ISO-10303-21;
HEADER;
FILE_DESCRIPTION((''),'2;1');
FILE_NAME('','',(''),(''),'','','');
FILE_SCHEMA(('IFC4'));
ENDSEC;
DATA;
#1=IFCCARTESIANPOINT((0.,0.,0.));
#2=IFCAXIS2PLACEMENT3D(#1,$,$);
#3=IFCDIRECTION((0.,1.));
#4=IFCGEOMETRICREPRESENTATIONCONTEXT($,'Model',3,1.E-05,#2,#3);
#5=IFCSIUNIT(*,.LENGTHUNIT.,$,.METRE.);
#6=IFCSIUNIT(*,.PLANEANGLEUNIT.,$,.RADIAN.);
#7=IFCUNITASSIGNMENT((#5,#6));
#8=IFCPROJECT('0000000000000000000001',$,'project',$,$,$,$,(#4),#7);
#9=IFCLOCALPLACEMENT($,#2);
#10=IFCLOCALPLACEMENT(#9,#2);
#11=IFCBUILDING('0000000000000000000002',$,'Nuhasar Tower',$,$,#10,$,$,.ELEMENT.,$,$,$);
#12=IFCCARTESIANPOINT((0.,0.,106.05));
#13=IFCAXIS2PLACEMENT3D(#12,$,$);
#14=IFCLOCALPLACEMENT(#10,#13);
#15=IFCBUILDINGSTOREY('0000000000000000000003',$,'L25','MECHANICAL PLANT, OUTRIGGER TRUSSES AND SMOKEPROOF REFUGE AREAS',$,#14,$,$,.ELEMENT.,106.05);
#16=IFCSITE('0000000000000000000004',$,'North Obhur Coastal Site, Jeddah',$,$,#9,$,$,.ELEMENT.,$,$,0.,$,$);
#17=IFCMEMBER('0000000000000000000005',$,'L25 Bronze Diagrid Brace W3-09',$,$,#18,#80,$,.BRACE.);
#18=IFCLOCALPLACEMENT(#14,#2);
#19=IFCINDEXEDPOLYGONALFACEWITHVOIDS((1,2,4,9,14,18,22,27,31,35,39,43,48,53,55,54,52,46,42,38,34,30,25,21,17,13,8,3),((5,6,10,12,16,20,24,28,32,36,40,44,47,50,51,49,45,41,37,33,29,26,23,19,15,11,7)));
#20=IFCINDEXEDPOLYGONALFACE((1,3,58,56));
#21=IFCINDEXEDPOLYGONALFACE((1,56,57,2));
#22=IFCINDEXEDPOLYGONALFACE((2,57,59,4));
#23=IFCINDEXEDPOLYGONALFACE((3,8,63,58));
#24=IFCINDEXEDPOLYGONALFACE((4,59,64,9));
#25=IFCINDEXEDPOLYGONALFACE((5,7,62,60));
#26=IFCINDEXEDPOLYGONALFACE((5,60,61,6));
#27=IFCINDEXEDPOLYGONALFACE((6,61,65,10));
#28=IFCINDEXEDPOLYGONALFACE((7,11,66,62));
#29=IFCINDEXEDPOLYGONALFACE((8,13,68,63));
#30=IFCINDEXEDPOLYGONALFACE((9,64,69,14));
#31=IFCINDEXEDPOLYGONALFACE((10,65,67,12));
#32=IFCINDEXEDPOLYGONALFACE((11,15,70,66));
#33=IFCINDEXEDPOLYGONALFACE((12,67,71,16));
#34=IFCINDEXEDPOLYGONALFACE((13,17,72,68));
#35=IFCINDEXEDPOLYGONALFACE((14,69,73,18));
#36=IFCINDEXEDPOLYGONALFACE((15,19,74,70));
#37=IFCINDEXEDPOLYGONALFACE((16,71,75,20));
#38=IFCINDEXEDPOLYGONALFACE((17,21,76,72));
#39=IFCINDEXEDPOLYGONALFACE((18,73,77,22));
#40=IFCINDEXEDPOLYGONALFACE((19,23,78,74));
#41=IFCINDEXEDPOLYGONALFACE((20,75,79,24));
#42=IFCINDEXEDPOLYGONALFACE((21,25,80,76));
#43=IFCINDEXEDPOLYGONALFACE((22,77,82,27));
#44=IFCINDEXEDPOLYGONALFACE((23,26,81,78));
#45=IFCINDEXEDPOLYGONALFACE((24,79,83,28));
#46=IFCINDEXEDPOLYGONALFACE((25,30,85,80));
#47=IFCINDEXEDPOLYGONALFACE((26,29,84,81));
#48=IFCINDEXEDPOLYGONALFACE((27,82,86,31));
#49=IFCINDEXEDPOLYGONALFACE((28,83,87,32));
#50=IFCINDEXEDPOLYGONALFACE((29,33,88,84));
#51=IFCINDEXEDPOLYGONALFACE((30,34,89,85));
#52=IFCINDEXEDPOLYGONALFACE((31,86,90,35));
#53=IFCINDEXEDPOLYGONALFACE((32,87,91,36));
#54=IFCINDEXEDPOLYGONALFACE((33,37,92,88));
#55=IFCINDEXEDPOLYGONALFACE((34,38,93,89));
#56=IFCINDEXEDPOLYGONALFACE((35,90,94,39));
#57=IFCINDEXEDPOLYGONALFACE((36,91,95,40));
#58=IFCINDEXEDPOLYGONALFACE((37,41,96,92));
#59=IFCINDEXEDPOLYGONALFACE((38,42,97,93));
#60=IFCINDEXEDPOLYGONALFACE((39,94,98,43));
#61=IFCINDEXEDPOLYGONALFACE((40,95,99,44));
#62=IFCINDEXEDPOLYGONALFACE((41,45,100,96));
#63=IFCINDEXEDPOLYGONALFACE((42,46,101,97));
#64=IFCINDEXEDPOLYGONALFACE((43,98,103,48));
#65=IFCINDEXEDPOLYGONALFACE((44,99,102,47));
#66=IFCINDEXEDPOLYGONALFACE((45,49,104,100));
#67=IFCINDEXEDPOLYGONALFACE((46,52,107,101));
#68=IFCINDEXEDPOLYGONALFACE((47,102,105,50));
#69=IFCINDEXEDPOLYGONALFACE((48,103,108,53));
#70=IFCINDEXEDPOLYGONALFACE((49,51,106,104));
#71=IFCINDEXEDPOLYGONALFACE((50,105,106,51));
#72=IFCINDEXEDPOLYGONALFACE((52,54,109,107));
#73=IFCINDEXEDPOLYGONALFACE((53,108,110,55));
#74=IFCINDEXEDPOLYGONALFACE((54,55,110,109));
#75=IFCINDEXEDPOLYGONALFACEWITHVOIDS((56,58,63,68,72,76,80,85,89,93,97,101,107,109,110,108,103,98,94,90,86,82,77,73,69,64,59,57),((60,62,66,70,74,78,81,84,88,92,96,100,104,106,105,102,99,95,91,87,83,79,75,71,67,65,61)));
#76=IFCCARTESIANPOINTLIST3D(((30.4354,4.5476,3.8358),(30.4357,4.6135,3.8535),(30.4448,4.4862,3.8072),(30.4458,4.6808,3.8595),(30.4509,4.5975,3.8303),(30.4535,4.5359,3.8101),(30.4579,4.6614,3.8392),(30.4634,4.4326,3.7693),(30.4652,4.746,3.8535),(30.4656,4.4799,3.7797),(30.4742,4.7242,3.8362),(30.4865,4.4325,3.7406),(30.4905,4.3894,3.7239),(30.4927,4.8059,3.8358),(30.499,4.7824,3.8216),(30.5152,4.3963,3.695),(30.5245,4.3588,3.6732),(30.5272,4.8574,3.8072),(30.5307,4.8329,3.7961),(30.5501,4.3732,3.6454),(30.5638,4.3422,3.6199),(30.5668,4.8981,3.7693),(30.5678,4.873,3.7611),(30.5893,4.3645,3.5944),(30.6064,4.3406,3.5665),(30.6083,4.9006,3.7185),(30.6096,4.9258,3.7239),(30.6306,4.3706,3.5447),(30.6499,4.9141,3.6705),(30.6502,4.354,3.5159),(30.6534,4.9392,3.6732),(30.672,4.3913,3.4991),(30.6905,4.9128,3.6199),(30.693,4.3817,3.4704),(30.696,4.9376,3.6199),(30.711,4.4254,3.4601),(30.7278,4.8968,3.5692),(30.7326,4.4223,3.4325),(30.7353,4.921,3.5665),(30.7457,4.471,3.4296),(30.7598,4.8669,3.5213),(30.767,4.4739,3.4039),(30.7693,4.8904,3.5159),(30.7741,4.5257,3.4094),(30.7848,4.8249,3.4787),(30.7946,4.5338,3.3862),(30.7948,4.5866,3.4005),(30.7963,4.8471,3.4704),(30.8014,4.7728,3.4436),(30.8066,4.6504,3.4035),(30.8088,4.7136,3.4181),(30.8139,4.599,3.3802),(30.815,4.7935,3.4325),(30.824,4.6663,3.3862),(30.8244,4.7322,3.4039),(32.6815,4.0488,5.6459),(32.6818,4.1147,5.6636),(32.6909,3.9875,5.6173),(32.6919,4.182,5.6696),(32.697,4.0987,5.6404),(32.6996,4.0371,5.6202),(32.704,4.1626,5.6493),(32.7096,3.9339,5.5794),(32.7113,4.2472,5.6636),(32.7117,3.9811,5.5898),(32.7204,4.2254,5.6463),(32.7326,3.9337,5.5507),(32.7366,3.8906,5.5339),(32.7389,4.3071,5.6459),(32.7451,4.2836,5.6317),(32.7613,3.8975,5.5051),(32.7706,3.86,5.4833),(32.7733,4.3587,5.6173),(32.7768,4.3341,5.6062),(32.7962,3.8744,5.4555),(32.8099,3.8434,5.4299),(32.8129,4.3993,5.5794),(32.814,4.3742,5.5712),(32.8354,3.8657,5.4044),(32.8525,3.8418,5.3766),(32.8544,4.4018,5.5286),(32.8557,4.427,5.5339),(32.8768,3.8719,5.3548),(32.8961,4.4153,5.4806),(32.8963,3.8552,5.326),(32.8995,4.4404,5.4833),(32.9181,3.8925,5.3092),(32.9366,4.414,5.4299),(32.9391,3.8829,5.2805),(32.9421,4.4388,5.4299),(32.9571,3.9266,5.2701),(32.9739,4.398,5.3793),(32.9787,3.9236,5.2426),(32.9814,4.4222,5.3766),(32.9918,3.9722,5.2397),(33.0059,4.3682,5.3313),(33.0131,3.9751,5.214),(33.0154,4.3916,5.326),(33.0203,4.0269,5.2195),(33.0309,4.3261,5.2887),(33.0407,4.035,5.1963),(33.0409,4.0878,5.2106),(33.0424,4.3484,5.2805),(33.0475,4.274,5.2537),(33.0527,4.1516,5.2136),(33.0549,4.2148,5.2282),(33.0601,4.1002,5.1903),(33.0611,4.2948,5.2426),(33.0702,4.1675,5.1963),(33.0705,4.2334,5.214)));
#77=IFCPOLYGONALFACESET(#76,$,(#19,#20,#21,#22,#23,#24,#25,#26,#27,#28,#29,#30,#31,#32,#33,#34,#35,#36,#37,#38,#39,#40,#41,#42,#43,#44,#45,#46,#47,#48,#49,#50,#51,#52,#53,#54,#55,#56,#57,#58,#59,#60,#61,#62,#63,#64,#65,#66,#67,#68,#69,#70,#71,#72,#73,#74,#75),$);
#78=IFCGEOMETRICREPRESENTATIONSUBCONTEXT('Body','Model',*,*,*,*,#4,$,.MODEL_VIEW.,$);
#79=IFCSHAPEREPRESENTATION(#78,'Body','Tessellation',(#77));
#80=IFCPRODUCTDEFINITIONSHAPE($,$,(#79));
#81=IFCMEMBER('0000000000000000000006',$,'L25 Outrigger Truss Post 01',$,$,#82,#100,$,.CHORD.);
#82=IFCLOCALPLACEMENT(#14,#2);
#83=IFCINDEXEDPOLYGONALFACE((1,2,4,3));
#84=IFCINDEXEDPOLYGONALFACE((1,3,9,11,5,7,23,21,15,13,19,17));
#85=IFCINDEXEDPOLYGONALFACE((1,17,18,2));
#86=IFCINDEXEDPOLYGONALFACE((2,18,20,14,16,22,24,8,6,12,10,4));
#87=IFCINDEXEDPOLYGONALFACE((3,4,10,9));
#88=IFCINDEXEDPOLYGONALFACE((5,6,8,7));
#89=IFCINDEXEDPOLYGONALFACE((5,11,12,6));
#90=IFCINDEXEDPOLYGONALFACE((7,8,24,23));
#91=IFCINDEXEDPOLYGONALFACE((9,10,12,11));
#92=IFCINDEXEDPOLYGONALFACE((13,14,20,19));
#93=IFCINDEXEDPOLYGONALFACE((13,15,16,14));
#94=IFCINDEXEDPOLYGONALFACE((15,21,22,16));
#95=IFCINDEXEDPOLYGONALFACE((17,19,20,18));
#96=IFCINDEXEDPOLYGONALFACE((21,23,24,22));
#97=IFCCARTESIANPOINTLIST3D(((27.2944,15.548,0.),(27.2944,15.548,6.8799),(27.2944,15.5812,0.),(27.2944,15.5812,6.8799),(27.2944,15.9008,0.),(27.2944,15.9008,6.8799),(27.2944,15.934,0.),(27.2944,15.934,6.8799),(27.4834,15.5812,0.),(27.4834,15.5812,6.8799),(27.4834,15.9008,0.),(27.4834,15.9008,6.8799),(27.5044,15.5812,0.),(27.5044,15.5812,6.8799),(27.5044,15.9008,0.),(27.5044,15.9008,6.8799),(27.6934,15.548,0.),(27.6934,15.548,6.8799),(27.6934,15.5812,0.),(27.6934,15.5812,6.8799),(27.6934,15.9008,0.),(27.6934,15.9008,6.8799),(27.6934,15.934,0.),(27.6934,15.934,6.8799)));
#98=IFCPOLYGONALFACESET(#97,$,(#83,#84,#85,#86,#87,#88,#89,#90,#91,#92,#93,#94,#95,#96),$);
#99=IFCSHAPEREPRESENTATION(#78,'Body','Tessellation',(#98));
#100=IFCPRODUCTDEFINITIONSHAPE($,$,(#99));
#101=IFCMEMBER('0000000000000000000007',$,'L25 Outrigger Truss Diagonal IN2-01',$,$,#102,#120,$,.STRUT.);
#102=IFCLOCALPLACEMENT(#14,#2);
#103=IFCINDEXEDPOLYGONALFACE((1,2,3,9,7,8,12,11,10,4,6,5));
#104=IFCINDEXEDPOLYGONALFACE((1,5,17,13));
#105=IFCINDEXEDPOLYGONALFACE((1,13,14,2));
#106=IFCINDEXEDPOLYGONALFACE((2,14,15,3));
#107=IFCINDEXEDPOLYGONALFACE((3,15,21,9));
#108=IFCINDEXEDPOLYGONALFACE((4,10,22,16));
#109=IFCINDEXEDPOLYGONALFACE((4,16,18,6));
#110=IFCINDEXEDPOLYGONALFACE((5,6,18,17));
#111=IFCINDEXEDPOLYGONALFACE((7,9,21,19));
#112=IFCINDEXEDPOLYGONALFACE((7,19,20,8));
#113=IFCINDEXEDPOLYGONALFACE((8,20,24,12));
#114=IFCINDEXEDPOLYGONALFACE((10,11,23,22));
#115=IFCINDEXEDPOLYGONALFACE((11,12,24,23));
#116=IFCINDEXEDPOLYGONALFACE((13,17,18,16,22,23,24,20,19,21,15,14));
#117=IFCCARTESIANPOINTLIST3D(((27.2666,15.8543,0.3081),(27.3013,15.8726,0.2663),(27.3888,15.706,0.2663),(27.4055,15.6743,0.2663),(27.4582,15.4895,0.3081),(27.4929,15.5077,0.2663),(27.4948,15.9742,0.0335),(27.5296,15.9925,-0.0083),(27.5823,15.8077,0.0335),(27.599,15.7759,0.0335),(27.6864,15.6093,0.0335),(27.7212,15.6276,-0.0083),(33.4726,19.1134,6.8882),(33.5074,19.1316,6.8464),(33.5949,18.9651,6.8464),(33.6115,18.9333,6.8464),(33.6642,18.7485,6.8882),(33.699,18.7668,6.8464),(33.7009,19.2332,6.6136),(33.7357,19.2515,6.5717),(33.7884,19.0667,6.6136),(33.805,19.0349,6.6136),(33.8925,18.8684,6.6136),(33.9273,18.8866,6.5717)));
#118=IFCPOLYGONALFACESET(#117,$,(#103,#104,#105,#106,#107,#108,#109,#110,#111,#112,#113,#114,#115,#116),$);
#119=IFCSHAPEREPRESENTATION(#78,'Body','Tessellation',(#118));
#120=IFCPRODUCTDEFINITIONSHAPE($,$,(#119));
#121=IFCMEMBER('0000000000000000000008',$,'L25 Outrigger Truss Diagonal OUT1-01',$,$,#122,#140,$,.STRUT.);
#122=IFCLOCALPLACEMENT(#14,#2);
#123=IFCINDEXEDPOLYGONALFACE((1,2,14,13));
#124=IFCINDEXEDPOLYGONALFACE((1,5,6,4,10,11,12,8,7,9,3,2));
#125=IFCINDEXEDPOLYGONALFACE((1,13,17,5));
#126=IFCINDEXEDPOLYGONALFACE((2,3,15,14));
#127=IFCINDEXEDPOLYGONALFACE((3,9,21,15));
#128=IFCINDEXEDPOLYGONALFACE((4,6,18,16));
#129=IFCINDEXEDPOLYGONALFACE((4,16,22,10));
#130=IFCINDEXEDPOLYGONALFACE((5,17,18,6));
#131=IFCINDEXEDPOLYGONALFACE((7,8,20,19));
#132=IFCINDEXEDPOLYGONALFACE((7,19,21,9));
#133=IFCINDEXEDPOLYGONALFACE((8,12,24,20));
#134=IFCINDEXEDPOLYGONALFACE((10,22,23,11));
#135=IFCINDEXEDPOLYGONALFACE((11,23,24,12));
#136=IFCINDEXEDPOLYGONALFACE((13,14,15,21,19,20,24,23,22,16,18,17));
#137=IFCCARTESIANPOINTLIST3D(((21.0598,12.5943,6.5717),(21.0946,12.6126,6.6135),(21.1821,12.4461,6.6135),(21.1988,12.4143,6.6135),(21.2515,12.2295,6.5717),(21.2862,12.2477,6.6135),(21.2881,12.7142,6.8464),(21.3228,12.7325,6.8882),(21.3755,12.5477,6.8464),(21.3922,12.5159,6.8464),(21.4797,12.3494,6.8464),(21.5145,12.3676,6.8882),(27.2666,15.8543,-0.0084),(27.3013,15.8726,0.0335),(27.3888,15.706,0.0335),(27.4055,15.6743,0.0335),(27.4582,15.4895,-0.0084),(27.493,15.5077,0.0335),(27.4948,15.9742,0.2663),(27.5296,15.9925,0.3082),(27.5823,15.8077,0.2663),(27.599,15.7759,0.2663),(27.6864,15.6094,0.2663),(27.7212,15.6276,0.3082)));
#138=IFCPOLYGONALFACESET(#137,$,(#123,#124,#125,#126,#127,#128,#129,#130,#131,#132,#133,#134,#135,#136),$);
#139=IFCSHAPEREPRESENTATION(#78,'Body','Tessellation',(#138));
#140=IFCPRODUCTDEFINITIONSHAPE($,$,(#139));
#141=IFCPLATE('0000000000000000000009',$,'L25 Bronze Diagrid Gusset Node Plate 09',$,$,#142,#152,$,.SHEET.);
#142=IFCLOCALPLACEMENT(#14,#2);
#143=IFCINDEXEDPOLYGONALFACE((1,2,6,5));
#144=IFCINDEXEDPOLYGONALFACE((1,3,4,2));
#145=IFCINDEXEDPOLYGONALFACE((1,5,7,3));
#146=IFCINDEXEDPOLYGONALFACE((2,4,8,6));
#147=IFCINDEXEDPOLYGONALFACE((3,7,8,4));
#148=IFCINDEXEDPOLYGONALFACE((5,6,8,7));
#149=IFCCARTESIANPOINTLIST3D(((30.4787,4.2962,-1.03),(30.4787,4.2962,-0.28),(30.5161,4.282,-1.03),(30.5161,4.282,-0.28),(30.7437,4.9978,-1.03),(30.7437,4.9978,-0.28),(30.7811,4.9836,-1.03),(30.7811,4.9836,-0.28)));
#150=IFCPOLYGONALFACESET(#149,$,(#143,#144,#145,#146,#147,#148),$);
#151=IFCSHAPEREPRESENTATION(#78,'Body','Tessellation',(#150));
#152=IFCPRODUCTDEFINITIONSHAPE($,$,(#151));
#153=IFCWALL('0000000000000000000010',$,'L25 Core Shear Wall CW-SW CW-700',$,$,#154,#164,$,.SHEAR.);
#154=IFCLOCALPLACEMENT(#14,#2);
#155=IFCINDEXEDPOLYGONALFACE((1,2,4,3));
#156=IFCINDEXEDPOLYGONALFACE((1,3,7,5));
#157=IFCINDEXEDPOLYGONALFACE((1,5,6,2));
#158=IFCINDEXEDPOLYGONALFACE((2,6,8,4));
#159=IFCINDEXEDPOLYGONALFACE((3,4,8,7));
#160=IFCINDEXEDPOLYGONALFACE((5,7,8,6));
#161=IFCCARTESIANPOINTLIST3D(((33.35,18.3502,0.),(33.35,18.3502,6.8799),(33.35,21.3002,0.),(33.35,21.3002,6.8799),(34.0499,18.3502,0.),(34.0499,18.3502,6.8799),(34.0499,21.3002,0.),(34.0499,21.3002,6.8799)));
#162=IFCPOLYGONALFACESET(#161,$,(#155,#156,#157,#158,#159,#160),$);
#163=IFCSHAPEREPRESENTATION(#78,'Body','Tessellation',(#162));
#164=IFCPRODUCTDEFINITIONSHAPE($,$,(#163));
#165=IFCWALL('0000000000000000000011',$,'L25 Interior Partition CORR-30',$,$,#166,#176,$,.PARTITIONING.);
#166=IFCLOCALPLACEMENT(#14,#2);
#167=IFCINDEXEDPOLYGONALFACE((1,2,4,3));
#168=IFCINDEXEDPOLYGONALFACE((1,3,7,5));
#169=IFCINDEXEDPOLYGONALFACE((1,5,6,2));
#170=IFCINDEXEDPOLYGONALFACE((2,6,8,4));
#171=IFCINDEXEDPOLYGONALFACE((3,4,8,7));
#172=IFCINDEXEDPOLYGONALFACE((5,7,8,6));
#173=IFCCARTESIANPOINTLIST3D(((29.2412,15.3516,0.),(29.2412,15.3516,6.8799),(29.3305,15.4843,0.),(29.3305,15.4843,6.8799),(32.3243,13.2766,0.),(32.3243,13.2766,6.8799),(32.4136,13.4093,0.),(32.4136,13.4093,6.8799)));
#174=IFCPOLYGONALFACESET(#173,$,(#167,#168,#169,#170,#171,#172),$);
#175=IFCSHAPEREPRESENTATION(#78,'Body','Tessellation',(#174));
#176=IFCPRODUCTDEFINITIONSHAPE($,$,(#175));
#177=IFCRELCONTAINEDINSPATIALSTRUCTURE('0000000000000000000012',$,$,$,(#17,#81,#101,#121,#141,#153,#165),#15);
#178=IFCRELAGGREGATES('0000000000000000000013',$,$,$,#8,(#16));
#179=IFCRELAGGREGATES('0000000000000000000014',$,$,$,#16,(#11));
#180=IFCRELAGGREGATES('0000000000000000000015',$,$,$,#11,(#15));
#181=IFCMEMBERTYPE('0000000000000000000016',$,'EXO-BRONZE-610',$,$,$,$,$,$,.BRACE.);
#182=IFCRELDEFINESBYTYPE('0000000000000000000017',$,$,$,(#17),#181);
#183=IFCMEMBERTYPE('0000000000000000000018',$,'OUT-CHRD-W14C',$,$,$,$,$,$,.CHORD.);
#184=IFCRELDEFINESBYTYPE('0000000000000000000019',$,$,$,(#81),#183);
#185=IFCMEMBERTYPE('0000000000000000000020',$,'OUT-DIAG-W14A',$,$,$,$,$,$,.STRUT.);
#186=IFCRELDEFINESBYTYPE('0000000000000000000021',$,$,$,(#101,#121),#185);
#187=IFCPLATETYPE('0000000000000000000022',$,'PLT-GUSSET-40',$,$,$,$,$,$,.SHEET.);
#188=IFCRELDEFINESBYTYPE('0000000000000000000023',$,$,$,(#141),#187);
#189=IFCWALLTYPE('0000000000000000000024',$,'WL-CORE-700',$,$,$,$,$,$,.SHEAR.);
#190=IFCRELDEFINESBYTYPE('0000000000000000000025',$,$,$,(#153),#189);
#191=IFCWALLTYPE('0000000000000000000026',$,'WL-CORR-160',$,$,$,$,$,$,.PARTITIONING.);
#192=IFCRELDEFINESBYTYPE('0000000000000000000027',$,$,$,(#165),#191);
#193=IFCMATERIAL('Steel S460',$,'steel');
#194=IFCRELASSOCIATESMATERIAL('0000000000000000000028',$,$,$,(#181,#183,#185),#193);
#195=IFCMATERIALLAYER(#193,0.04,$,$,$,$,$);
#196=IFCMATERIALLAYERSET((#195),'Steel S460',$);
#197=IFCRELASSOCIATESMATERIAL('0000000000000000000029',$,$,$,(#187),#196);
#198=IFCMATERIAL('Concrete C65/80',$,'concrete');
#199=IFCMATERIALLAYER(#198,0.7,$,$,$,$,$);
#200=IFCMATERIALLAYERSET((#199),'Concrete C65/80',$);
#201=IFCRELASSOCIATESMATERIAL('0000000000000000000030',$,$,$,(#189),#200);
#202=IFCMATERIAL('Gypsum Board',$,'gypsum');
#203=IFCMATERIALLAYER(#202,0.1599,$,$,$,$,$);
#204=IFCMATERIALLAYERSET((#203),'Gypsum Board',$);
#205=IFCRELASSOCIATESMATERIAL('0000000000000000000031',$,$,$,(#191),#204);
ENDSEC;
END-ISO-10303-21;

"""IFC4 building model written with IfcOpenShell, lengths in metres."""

from ifc_helpers import new_model, si_unit, direction, frame, frame_2d, origin, origin_2d, place, context, subcontext, project, spatial, rectangle, hollow_circle, i_section, extrude, material, layer, layer_set, material_profile, profile_set, type_object, element, save


model = new_model("IFC4")

# Units and contexts
model_context = context("Model", 3, precision=1e-05, world=origin(), true_north=direction((0.0, 1.0)))
body_context = subcontext(model_context, "Body", "Model", "MODEL_VIEW")
ifc_project = project(units=[si_unit("LENGTHUNIT", "METRE"), si_unit("PLANEANGLEUNIT", "RADIAN")], contexts=[model_context])

# Site, building, storey
site_placement = place(None, origin())
site = spatial("IfcSite", under=ifc_project, at=site_placement, Name="North Obhur Coastal Site, Jeddah", CompositionType="ELEMENT", RefElevation=0.0)
building_placement = place(site_placement, origin())
building = spatial("IfcBuilding", under=site, at=building_placement, Name="Nuhasar Tower", CompositionType="ELEMENT")
storey_placement = place(building_placement, frame((0.0, 0.0, 106.05)))
storey = spatial("IfcBuildingStorey", under=building, at=storey_placement, Name="L25", Description="MECHANICAL PLANT, OUTRIGGER TRUSSES AND SMOKEPROOF REFUGE AREAS", CompositionType="ELEMENT", Elevation=106.05)

# Members
ifc_material_1 = material(Name="Steel S460", Category="steel")
ifc_material_profile_1 = material_profile(ifc_material_1, hollow_circle(Radius=0.3049, WallThickness=0.0254, at=origin_2d()), Name="HSS610X25.4")
ifc_profile_set_1 = profile_set([ifc_material_profile_1], Name="Steel S460")
member_type_1 = type_object("IfcMemberType", Name="EXO-BRONZE-610", PredefinedType="BRACE", material=ifc_profile_set_1)
member_1_placement = place(storey_placement, frame((30.6299, 4.6399, 3.6199), z_axis=(0.76725, -0.170379, 0.618303), x_axis=(0.216784, 0.97622, 0.0)))
element("IfcMember", 1, at=member_1_placement, inside=storey, type_object=member_type_1, Name="L25 Bronze Diagrid Brace W3-09", PredefinedType="BRACE", context=body_context, shape_type="SweptSolid", body=[
    extrude(hollow_circle(Radius=0.3049, WallThickness=0.0254, at=origin_2d()), origin(), (0.0, 0.0, 1.0), 2.9275),
])
ifc_material_profile_2 = material_profile(ifc_material_1, i_section(OverallWidth=0.3989, OverallDepth=0.386, WebThickness=0.021, FlangeThickness=0.0332, at=origin_2d()), Name="W14X176")
ifc_profile_set_2 = profile_set([ifc_material_profile_2], Name="Steel S460")
member_type_2 = type_object("IfcMemberType", Name="OUT-CHRD-W14C", PredefinedType="CHORD", material=ifc_profile_set_2)
member_2_placement = place(storey_placement, frame((27.4939, 15.741, 0.0), z_axis=(0.0, 0.0, 1.0), x_axis=(1.0, 0.0, 0.0)))
element("IfcMember", 2, at=member_2_placement, inside=storey, type_object=member_type_2, Name="L25 Outrigger Truss Post 01", PredefinedType="CHORD", context=body_context, shape_type="SweptSolid", body=[
    extrude(i_section(OverallWidth=0.3989, OverallDepth=0.386, WebThickness=0.021, FlangeThickness=0.0332, at=origin_2d()), origin(), (0.0, 0.0, 1.0), 6.8799),
])
ifc_material_profile_3 = material_profile(ifc_material_1, i_section(OverallWidth=0.4121, OverallDepth=0.4341, WebThickness=0.0359, FlangeThickness=0.0574, at=origin_2d()), Name="W14X311")
ifc_profile_set_3 = profile_set([ifc_material_profile_3], Name="Steel S460")
member_type_3 = type_object("IfcMemberType", Name="OUT-DIAG-W14A", PredefinedType="STRUT", material=ifc_profile_set_3)
member_3_placement = place(storey_placement, frame((27.4939, 15.741, 0.1499), z_axis=(0.645506, 0.338979, 0.684409), x_axis=(-0.464929, 0.885348, 0.0)))
element("IfcMember", 3, at=member_3_placement, inside=storey, type_object=member_type_3, Name="L25 Outrigger Truss Diagonal IN2-01", PredefinedType="STRUT", context=body_context, shape_type="SweptSolid", body=[
    extrude(i_section(OverallWidth=0.4121, OverallDepth=0.4341, WebThickness=0.0359, FlangeThickness=0.0574, at=origin_2d()), origin(), (0.0, 0.0, 1.0), 9.6143),
])
member_4_placement = place(storey_placement, frame((27.4939, 15.741, 0.1499), z_axis=(-0.645528, -0.339053, 0.684352), x_axis=(0.464996, -0.885313, 0.0)))
element("IfcMember", 4, at=member_4_placement, inside=storey, type_object=member_type_3, Name="L25 Outrigger Truss Diagonal OUT1-01", PredefinedType="STRUT", context=body_context, shape_type="SweptSolid", body=[
    extrude(i_section(OverallWidth=0.4121, OverallDepth=0.4341, WebThickness=0.0359, FlangeThickness=0.0574, at=origin_2d()), origin(), (0.0, 0.0, 1.0), 9.615),
])

# Plate
ifc_layer_1 = layer(ifc_material_1, 0.04)
ifc_layer_set_1 = layer_set([ifc_layer_1], Name="Steel S460")
plate_type = type_object("IfcPlateType", Name="PLT-GUSSET-40", PredefinedType="SHEET", material=ifc_layer_set_1)
plate_placement = place(storey_placement, frame((30.6299, 4.6399, -1.03), z_axis=(0.0, 0.0, 1.0), x_axis=(-0.353344, -0.935493, 0.0)))
element("IfcPlate", 5, at=plate_placement, inside=storey, type_object=plate_type, Name="L25 Bronze Diagrid Gusset Node Plate 09", PredefinedType="SHEET", context=body_context, shape_type="SweptSolid", body=[
    extrude(rectangle(XDim=0.75, YDim=0.04, at=origin_2d()), origin(), (0.0, 0.0, 1.0), 0.75),
])

# Walls
ifc_material_2 = material(Name="Concrete C65/80", Category="concrete")
ifc_layer_2 = layer(ifc_material_2, 0.7)
ifc_layer_set_2 = layer_set([ifc_layer_2], Name="Concrete C65/80")
wall_type_1 = type_object("IfcWallType", Name="WL-CORE-700", PredefinedType="SHEAR", material=ifc_layer_set_2)
wall_1_placement = place(storey_placement, frame((33.7, 18.3501, 0.0), z_axis=(0.0, 0.0, 1.0), x_axis=(0.0, 1.0, 0.0)))
element("IfcWall", 6, at=wall_1_placement, inside=storey, type_object=wall_type_1, Name="L25 Core Shear Wall CW-SW CW-700", PredefinedType="SHEAR", context=body_context, shape_type="SweptSolid", body=[
    extrude(rectangle(XDim=2.95, YDim=0.7, at=frame_2d((1.4751, 0.0))), origin(), (0.0, 0.0, 1.0), 6.8799),
])
ifc_material_3 = material(Name="Gypsum Board", Category="gypsum")
ifc_layer_3 = layer(ifc_material_3, 0.1599)
ifc_layer_set_3 = layer_set([ifc_layer_3], Name="Gypsum Board")
wall_type_2 = type_object("IfcWallType", Name="WL-CORR-160", PredefinedType="PARTITIONING", material=ifc_layer_set_3)
wall_2_placement = place(storey_placement, frame((29.2859, 15.418, 0.0), z_axis=(0.0, 0.0, 1.0), x_axis=(0.829606, -0.558349, 0.0)))
element("IfcWall", 7, at=wall_2_placement, inside=storey, type_object=wall_type_2, Name="L25 Interior Partition CORR-30", PredefinedType="PARTITIONING", context=body_context, shape_type="SweptSolid", body=[
    extrude(rectangle(XDim=3.7163, YDim=0.1599, at=frame_2d((1.8582, 0.0))), origin(), (0.0, 0.0, 1.0), 6.8799),
])

save(model, "model.ifc")
